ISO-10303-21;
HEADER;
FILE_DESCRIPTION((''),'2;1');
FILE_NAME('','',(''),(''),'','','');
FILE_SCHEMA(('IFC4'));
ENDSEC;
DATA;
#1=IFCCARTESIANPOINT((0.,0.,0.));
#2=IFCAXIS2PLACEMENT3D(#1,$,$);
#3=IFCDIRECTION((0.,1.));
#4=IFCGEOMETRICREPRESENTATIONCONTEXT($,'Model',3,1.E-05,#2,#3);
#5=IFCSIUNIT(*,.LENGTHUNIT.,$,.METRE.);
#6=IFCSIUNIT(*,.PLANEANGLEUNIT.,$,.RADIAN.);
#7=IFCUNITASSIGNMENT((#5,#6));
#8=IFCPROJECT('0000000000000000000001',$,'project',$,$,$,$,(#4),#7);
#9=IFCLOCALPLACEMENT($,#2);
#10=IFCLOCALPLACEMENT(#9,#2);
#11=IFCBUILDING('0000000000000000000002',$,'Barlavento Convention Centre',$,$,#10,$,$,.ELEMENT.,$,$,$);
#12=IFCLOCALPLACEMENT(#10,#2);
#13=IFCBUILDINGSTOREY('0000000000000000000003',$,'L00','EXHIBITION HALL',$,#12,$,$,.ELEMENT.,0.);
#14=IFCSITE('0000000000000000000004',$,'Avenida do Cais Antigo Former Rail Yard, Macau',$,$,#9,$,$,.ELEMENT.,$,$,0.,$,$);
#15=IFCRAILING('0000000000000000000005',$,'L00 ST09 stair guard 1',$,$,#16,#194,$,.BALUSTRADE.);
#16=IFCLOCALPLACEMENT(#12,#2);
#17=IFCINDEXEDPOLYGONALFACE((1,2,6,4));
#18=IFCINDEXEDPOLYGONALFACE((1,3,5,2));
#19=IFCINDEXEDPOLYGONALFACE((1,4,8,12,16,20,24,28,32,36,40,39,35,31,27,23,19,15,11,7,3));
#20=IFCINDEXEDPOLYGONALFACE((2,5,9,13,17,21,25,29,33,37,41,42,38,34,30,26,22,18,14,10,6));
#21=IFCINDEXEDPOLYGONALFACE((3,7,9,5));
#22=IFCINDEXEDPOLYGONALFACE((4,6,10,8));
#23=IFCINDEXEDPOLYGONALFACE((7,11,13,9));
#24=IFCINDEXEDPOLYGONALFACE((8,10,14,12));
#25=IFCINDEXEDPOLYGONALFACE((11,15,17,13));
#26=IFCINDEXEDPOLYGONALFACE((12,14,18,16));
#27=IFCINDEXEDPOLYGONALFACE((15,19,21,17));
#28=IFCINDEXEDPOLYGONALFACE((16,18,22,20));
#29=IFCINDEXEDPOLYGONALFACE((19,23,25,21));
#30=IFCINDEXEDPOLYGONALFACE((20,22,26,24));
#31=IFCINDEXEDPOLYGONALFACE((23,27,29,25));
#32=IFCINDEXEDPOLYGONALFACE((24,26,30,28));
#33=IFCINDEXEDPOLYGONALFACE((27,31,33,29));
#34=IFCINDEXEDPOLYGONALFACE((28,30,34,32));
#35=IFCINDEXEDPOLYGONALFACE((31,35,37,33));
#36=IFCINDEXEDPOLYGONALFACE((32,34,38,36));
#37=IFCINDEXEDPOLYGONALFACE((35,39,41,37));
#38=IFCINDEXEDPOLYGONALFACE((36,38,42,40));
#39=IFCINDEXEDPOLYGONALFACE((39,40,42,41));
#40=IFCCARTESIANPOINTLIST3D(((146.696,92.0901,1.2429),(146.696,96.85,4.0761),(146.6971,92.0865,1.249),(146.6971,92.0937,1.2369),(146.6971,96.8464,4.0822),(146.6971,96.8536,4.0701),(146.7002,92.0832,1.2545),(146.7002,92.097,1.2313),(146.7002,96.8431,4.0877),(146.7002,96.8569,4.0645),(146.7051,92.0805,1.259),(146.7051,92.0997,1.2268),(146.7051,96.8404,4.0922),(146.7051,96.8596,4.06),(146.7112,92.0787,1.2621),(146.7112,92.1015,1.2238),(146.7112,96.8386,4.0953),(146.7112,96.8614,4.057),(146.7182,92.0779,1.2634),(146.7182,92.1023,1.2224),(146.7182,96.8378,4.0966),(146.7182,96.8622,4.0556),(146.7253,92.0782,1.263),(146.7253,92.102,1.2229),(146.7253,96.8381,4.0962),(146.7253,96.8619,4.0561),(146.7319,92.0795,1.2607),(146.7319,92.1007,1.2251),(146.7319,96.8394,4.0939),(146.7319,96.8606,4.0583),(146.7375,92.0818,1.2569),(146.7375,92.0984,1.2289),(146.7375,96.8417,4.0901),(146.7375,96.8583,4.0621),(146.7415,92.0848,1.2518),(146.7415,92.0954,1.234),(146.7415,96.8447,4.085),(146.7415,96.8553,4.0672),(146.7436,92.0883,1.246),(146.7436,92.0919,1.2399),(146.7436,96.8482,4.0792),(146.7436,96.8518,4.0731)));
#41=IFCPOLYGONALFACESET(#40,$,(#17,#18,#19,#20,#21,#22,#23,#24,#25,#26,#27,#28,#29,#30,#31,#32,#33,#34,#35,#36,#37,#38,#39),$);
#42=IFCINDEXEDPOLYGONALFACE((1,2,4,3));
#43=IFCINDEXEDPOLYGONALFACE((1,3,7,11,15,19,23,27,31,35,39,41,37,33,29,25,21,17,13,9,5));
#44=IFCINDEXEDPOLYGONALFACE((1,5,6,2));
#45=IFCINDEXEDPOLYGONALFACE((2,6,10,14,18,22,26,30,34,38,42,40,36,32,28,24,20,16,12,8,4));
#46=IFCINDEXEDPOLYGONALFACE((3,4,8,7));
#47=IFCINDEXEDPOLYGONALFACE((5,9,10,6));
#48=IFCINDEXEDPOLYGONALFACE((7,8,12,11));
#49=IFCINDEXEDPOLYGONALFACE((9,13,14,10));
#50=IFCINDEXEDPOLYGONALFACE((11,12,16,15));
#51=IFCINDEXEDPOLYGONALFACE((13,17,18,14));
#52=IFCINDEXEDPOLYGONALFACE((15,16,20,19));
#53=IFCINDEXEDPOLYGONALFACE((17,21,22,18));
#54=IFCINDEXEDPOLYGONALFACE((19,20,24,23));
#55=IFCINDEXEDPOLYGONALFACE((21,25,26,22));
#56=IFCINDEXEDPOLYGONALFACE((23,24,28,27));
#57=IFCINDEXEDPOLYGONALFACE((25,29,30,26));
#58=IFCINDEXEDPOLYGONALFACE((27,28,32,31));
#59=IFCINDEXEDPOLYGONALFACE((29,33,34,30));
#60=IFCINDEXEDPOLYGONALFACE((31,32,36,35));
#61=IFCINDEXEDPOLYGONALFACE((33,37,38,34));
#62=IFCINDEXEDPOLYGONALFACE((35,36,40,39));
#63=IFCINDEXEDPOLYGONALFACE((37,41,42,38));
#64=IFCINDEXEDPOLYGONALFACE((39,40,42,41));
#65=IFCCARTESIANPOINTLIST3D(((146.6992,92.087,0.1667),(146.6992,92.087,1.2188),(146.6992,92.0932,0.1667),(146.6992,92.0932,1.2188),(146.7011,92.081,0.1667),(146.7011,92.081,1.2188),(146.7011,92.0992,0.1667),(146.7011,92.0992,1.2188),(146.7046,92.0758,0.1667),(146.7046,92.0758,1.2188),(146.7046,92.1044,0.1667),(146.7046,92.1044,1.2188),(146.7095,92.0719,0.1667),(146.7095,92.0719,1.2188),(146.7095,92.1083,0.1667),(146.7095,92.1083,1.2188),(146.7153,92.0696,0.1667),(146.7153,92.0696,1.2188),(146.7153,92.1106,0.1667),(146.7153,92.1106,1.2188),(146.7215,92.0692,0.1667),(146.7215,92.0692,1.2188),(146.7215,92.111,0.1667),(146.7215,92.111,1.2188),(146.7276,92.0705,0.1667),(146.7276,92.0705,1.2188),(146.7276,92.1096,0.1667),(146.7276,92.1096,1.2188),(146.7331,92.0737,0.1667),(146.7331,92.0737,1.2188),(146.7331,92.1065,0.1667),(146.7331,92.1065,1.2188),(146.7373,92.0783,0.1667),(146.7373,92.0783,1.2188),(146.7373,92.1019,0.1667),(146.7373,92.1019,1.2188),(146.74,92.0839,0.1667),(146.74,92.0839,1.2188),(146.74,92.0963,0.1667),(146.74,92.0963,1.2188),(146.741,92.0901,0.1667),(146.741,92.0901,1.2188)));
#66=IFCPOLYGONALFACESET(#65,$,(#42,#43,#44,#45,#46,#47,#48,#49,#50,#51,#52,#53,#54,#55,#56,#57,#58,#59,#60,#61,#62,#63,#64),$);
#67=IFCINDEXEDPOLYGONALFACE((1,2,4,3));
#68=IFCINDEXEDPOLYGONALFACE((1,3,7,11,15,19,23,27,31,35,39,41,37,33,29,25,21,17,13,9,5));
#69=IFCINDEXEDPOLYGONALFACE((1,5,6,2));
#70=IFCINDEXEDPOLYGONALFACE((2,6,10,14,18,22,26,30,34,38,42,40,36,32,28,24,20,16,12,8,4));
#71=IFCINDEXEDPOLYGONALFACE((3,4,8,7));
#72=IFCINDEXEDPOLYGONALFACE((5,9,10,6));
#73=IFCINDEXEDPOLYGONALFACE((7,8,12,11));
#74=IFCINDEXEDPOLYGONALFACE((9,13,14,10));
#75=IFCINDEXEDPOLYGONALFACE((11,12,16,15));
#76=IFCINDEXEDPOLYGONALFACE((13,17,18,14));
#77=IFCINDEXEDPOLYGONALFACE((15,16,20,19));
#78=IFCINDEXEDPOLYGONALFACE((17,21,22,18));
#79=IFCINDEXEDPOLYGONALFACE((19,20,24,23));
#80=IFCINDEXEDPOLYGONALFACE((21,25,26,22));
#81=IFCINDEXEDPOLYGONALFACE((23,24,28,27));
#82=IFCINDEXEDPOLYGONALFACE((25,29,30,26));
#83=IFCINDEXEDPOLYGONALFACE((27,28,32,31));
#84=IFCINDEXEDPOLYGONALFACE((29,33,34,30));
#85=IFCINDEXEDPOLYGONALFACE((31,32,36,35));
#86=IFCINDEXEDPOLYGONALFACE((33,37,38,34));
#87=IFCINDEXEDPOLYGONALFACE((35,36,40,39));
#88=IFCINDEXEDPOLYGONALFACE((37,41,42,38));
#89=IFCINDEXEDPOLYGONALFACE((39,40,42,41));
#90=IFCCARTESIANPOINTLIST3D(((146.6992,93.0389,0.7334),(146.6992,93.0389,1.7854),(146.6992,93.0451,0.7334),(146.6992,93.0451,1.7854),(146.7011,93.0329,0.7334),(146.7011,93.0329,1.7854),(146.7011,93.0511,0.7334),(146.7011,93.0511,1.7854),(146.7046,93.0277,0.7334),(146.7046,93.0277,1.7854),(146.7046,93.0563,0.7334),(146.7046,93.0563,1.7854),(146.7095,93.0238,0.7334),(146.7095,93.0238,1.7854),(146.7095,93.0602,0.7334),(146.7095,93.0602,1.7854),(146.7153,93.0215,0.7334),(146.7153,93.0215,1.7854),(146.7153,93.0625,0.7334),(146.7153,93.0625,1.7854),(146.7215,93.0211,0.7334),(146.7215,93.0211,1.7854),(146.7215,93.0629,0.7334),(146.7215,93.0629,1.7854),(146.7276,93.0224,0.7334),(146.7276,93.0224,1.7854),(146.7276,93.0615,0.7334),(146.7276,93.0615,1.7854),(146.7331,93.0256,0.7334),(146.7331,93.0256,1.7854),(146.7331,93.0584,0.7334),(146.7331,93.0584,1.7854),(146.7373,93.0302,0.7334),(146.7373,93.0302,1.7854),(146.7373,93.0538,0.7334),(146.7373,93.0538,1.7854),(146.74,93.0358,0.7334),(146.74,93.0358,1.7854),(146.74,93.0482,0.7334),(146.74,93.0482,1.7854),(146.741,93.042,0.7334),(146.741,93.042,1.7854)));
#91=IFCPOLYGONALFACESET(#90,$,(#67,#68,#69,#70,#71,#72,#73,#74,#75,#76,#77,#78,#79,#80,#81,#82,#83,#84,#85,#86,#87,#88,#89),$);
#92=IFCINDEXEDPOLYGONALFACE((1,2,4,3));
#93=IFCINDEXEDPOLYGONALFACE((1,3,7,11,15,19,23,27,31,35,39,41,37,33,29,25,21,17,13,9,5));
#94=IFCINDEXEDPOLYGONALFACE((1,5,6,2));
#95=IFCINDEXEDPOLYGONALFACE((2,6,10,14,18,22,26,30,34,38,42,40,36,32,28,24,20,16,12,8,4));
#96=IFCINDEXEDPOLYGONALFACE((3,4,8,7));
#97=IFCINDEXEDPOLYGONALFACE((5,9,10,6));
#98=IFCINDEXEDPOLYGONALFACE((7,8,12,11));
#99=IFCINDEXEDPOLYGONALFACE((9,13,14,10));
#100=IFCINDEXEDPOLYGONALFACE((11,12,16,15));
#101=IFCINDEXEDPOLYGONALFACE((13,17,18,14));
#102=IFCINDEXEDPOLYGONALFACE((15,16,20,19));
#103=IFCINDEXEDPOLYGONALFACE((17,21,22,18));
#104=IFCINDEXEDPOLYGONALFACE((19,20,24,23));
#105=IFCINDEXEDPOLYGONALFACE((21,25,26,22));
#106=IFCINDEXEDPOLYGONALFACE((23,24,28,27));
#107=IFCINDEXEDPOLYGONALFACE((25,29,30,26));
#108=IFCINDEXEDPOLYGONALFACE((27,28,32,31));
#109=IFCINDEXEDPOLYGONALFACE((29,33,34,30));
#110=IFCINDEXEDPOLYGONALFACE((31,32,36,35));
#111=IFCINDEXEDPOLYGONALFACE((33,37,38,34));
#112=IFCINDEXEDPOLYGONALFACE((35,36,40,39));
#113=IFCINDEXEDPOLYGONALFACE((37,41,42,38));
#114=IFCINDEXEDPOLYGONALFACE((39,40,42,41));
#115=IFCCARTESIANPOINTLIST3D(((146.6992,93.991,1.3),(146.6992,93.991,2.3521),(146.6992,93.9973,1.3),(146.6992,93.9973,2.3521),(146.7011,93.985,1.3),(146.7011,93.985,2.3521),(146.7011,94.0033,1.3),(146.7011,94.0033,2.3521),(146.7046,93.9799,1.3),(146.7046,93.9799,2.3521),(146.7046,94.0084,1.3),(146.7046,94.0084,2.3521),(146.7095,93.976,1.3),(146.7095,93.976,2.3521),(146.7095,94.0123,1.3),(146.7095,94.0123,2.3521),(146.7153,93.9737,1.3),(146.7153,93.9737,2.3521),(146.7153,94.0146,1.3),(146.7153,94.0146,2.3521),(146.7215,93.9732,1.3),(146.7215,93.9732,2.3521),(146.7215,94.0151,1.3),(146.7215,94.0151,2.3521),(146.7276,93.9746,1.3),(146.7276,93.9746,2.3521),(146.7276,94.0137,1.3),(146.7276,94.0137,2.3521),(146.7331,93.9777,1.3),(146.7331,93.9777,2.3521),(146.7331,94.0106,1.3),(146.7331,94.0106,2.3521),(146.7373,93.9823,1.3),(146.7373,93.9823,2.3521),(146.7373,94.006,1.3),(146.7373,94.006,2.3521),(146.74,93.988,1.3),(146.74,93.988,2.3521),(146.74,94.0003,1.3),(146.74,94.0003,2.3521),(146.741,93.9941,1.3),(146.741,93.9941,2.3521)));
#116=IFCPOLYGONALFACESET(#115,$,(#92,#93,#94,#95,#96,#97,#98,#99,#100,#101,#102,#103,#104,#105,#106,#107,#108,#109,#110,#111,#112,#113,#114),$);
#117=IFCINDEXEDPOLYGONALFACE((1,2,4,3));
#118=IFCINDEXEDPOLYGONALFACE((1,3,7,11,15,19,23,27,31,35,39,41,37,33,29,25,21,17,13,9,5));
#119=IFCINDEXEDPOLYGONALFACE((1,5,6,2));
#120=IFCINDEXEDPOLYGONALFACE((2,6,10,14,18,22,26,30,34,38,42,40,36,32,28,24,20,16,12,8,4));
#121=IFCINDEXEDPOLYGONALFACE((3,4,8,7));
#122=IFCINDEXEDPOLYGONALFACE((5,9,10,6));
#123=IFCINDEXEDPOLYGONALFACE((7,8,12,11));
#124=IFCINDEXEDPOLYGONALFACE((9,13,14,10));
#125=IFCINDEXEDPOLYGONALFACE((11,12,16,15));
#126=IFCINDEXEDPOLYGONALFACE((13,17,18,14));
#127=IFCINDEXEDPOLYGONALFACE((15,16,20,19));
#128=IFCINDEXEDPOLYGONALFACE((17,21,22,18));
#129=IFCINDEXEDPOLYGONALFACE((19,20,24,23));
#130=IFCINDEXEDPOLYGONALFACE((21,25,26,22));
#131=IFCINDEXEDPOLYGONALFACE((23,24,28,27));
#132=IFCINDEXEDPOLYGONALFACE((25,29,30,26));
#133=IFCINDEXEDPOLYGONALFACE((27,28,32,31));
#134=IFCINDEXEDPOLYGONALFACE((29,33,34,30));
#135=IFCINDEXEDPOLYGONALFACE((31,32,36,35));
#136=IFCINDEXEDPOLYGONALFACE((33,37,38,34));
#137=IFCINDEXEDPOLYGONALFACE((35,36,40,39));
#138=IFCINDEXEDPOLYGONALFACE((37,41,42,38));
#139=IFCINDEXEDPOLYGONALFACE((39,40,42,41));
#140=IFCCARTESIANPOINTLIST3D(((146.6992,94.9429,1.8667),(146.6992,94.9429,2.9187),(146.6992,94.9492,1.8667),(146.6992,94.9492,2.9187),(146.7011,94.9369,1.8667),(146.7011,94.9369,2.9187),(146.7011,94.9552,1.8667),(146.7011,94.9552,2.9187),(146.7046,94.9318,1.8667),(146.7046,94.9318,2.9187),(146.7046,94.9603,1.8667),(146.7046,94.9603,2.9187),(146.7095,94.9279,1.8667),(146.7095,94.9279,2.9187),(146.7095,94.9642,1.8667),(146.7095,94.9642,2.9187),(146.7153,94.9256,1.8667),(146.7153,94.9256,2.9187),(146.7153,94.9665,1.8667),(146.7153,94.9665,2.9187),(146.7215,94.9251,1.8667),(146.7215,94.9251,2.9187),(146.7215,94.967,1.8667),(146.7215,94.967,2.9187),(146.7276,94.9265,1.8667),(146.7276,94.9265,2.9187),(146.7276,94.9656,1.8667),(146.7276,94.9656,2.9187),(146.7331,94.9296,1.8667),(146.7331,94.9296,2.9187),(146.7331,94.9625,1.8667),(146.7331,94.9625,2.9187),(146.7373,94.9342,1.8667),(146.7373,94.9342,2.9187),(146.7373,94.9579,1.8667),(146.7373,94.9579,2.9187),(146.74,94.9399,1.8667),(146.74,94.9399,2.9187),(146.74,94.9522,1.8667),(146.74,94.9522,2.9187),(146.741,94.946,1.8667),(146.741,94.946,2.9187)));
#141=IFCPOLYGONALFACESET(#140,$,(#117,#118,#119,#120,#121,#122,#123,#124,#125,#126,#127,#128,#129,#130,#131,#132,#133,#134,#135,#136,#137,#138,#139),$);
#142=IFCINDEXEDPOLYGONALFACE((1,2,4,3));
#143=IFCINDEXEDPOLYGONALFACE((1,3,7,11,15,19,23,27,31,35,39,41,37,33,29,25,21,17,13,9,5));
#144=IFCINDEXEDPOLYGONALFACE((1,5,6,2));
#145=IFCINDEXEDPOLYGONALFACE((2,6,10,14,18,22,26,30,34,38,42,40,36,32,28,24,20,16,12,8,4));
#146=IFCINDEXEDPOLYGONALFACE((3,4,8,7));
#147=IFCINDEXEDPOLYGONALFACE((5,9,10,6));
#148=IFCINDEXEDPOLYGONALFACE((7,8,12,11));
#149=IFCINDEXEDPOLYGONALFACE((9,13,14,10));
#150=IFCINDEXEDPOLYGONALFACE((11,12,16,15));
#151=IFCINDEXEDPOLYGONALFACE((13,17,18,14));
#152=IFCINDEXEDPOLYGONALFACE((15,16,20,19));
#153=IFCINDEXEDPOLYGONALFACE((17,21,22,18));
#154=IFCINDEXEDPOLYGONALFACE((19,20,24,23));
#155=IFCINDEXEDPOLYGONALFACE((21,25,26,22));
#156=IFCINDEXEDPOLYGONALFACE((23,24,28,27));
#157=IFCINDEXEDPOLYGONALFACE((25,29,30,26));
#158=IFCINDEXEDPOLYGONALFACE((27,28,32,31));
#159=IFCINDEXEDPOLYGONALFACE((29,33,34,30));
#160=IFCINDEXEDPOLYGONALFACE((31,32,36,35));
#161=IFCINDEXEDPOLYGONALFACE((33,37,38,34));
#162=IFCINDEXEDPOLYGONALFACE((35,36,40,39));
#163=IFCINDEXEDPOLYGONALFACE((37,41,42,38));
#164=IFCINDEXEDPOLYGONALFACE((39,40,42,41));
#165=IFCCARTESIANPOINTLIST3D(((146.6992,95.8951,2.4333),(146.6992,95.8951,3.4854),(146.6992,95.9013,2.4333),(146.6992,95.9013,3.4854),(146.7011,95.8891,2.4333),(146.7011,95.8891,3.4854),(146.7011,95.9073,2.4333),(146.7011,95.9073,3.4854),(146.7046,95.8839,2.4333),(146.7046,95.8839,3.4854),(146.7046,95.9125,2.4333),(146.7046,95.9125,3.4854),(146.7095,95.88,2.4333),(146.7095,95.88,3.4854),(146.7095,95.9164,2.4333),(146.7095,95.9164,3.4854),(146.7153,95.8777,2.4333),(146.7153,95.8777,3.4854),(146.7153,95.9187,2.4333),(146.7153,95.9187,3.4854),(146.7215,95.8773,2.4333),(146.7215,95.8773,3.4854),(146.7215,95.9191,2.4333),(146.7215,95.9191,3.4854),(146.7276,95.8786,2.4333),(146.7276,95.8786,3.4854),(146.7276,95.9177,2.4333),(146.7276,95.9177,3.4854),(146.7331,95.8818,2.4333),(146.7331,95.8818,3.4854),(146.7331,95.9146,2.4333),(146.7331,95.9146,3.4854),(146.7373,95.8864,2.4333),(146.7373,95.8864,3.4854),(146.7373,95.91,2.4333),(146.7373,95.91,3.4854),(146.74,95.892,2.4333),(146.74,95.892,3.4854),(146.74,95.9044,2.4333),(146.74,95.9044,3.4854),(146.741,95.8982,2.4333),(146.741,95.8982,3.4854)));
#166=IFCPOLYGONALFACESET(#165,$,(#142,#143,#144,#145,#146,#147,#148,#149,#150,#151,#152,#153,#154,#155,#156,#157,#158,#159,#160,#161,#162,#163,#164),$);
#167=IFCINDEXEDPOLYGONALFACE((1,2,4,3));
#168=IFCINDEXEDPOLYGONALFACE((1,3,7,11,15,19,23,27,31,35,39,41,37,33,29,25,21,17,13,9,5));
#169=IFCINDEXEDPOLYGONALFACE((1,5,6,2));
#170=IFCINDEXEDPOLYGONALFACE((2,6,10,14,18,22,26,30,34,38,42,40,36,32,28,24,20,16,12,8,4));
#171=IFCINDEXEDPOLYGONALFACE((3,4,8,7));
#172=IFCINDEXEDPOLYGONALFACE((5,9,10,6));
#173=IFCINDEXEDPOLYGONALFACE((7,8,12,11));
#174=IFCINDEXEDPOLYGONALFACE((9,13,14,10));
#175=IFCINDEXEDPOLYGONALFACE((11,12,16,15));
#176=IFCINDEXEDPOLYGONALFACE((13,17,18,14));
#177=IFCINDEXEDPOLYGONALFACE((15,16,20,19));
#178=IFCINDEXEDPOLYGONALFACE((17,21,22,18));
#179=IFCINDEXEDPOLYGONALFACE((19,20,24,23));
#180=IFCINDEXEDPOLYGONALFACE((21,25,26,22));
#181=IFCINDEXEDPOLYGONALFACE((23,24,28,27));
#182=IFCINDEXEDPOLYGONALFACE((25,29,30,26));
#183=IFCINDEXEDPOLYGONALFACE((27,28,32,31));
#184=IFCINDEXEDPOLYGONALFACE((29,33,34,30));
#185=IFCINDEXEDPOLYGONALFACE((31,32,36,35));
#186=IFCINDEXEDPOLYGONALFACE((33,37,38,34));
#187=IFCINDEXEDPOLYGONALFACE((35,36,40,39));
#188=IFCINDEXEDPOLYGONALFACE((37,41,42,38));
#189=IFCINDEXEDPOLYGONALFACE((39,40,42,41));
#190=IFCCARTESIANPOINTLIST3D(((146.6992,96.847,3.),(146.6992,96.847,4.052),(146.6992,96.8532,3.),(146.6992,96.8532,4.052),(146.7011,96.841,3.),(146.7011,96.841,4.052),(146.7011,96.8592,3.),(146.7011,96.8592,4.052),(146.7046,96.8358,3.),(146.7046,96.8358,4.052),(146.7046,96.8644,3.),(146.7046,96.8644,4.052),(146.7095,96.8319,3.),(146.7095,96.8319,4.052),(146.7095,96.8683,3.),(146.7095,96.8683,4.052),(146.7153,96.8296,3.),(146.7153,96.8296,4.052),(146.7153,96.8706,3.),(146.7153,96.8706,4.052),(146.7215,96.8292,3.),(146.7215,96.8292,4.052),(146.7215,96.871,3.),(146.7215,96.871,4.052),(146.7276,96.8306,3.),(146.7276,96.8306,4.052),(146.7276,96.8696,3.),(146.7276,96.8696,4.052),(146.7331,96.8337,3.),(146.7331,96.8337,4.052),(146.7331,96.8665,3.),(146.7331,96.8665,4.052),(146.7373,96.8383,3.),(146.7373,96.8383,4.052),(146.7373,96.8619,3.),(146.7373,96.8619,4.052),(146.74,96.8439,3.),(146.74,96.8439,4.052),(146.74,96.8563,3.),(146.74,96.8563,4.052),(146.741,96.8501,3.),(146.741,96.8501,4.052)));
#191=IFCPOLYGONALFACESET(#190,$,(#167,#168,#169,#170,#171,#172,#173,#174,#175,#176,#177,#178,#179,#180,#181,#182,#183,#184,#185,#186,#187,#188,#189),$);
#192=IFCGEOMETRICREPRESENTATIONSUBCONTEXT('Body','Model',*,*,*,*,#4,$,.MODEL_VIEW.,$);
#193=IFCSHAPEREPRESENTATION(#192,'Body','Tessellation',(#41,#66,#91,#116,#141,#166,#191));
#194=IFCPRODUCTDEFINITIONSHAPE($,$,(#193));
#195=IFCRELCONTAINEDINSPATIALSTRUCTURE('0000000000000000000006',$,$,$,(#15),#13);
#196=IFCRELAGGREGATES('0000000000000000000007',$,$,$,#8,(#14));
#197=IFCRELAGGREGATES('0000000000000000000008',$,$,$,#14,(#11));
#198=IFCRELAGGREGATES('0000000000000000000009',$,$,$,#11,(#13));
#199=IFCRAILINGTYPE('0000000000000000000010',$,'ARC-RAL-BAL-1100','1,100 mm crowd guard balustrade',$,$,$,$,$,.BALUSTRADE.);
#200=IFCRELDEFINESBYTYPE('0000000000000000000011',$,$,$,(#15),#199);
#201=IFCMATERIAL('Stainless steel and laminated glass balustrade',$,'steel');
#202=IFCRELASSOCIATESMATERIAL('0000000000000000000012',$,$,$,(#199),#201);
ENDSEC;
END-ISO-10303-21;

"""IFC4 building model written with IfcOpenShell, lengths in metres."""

from ifc_helpers import new_model, si_unit, direction, frame, origin, origin_2d, place, context, subcontext, project, spatial, circle, extrude, material, type_object, element, save


model = new_model("IFC4")

# Units and contexts
model_context = context("Model", 3, precision=1e-05, world=origin(), true_north=direction((0.0, 1.0)))
body_context = subcontext(model_context, "Body", "Model", "MODEL_VIEW")
ifc_project = project(units=[si_unit("LENGTHUNIT", "METRE"), si_unit("PLANEANGLEUNIT", "RADIAN")], contexts=[model_context])

# Site, building, storey
site_placement = place(None, origin())
site = spatial("IfcSite", under=ifc_project, at=site_placement, Name="Avenida do Cais Antigo Former Rail Yard, Macau", CompositionType="ELEMENT", RefElevation=0.0)
building_placement = place(site_placement, origin())
building = spatial("IfcBuilding", under=site, at=building_placement, Name="Barlavento Convention Centre", CompositionType="ELEMENT")
storey_placement = place(building_placement, origin())
storey = spatial("IfcBuildingStorey", under=building, at=storey_placement, Name="L00", Description="EXHIBITION HALL", CompositionType="ELEMENT", Elevation=0.0)

# Railing
ifc_material_1 = material(Name="Stainless steel and laminated glass balustrade", Category="steel")
railing_type_1 = type_object("IfcRailingType", Name="ARC-RAL-BAL-1100", Description="1,100 mm crowd guard balustrade", PredefinedType="BALUSTRADE", material=ifc_material_1)
railing_1_placement = place(storey_placement, frame((146.72, 92.0901, 0.1667)))
element("IfcRailing", 1, at=railing_1_placement, inside=storey, type_object=railing_type_1, Name="L00 ST09 stair guard 1", PredefinedType="BALUSTRADE", context=body_context, shape_type="SweptSolid", body=[
    extrude(circle(Radius=0.0239, at=origin_2d()), frame((0.0, 0.0, 1.0762), z_axis=(0.0, 0.8593, 0.511472), x_axis=(-1.0, 0.0, 0.0)), (0.0, 0.0, 1.0), 5.5393),
    extrude(circle(Radius=0.021, at=origin_2d()), origin(), (0.0, 0.0, 1.0), 1.052),
    extrude(circle(Radius=0.021, at=origin_2d()), frame((0.0, 0.9519, 0.5667)), (0.0, 0.0, 1.0), 1.052),
    extrude(circle(Radius=0.021, at=origin_2d()), frame((0.0, 1.9041, 1.1333)), (0.0, 0.0, 1.0), 1.052),
    extrude(circle(Radius=0.021, at=origin_2d()), frame((0.0, 2.856, 1.7)), (0.0, 0.0, 1.0), 1.052),
    extrude(circle(Radius=0.021, at=origin_2d()), frame((0.0, 3.8081, 2.2666)), (0.0, 0.0, 1.0), 1.052),
    extrude(circle(Radius=0.021, at=origin_2d()), frame((0.0, 4.76, 2.8333)), (0.0, 0.0, 1.0), 1.052),
])

save(model, "model.ifc")
